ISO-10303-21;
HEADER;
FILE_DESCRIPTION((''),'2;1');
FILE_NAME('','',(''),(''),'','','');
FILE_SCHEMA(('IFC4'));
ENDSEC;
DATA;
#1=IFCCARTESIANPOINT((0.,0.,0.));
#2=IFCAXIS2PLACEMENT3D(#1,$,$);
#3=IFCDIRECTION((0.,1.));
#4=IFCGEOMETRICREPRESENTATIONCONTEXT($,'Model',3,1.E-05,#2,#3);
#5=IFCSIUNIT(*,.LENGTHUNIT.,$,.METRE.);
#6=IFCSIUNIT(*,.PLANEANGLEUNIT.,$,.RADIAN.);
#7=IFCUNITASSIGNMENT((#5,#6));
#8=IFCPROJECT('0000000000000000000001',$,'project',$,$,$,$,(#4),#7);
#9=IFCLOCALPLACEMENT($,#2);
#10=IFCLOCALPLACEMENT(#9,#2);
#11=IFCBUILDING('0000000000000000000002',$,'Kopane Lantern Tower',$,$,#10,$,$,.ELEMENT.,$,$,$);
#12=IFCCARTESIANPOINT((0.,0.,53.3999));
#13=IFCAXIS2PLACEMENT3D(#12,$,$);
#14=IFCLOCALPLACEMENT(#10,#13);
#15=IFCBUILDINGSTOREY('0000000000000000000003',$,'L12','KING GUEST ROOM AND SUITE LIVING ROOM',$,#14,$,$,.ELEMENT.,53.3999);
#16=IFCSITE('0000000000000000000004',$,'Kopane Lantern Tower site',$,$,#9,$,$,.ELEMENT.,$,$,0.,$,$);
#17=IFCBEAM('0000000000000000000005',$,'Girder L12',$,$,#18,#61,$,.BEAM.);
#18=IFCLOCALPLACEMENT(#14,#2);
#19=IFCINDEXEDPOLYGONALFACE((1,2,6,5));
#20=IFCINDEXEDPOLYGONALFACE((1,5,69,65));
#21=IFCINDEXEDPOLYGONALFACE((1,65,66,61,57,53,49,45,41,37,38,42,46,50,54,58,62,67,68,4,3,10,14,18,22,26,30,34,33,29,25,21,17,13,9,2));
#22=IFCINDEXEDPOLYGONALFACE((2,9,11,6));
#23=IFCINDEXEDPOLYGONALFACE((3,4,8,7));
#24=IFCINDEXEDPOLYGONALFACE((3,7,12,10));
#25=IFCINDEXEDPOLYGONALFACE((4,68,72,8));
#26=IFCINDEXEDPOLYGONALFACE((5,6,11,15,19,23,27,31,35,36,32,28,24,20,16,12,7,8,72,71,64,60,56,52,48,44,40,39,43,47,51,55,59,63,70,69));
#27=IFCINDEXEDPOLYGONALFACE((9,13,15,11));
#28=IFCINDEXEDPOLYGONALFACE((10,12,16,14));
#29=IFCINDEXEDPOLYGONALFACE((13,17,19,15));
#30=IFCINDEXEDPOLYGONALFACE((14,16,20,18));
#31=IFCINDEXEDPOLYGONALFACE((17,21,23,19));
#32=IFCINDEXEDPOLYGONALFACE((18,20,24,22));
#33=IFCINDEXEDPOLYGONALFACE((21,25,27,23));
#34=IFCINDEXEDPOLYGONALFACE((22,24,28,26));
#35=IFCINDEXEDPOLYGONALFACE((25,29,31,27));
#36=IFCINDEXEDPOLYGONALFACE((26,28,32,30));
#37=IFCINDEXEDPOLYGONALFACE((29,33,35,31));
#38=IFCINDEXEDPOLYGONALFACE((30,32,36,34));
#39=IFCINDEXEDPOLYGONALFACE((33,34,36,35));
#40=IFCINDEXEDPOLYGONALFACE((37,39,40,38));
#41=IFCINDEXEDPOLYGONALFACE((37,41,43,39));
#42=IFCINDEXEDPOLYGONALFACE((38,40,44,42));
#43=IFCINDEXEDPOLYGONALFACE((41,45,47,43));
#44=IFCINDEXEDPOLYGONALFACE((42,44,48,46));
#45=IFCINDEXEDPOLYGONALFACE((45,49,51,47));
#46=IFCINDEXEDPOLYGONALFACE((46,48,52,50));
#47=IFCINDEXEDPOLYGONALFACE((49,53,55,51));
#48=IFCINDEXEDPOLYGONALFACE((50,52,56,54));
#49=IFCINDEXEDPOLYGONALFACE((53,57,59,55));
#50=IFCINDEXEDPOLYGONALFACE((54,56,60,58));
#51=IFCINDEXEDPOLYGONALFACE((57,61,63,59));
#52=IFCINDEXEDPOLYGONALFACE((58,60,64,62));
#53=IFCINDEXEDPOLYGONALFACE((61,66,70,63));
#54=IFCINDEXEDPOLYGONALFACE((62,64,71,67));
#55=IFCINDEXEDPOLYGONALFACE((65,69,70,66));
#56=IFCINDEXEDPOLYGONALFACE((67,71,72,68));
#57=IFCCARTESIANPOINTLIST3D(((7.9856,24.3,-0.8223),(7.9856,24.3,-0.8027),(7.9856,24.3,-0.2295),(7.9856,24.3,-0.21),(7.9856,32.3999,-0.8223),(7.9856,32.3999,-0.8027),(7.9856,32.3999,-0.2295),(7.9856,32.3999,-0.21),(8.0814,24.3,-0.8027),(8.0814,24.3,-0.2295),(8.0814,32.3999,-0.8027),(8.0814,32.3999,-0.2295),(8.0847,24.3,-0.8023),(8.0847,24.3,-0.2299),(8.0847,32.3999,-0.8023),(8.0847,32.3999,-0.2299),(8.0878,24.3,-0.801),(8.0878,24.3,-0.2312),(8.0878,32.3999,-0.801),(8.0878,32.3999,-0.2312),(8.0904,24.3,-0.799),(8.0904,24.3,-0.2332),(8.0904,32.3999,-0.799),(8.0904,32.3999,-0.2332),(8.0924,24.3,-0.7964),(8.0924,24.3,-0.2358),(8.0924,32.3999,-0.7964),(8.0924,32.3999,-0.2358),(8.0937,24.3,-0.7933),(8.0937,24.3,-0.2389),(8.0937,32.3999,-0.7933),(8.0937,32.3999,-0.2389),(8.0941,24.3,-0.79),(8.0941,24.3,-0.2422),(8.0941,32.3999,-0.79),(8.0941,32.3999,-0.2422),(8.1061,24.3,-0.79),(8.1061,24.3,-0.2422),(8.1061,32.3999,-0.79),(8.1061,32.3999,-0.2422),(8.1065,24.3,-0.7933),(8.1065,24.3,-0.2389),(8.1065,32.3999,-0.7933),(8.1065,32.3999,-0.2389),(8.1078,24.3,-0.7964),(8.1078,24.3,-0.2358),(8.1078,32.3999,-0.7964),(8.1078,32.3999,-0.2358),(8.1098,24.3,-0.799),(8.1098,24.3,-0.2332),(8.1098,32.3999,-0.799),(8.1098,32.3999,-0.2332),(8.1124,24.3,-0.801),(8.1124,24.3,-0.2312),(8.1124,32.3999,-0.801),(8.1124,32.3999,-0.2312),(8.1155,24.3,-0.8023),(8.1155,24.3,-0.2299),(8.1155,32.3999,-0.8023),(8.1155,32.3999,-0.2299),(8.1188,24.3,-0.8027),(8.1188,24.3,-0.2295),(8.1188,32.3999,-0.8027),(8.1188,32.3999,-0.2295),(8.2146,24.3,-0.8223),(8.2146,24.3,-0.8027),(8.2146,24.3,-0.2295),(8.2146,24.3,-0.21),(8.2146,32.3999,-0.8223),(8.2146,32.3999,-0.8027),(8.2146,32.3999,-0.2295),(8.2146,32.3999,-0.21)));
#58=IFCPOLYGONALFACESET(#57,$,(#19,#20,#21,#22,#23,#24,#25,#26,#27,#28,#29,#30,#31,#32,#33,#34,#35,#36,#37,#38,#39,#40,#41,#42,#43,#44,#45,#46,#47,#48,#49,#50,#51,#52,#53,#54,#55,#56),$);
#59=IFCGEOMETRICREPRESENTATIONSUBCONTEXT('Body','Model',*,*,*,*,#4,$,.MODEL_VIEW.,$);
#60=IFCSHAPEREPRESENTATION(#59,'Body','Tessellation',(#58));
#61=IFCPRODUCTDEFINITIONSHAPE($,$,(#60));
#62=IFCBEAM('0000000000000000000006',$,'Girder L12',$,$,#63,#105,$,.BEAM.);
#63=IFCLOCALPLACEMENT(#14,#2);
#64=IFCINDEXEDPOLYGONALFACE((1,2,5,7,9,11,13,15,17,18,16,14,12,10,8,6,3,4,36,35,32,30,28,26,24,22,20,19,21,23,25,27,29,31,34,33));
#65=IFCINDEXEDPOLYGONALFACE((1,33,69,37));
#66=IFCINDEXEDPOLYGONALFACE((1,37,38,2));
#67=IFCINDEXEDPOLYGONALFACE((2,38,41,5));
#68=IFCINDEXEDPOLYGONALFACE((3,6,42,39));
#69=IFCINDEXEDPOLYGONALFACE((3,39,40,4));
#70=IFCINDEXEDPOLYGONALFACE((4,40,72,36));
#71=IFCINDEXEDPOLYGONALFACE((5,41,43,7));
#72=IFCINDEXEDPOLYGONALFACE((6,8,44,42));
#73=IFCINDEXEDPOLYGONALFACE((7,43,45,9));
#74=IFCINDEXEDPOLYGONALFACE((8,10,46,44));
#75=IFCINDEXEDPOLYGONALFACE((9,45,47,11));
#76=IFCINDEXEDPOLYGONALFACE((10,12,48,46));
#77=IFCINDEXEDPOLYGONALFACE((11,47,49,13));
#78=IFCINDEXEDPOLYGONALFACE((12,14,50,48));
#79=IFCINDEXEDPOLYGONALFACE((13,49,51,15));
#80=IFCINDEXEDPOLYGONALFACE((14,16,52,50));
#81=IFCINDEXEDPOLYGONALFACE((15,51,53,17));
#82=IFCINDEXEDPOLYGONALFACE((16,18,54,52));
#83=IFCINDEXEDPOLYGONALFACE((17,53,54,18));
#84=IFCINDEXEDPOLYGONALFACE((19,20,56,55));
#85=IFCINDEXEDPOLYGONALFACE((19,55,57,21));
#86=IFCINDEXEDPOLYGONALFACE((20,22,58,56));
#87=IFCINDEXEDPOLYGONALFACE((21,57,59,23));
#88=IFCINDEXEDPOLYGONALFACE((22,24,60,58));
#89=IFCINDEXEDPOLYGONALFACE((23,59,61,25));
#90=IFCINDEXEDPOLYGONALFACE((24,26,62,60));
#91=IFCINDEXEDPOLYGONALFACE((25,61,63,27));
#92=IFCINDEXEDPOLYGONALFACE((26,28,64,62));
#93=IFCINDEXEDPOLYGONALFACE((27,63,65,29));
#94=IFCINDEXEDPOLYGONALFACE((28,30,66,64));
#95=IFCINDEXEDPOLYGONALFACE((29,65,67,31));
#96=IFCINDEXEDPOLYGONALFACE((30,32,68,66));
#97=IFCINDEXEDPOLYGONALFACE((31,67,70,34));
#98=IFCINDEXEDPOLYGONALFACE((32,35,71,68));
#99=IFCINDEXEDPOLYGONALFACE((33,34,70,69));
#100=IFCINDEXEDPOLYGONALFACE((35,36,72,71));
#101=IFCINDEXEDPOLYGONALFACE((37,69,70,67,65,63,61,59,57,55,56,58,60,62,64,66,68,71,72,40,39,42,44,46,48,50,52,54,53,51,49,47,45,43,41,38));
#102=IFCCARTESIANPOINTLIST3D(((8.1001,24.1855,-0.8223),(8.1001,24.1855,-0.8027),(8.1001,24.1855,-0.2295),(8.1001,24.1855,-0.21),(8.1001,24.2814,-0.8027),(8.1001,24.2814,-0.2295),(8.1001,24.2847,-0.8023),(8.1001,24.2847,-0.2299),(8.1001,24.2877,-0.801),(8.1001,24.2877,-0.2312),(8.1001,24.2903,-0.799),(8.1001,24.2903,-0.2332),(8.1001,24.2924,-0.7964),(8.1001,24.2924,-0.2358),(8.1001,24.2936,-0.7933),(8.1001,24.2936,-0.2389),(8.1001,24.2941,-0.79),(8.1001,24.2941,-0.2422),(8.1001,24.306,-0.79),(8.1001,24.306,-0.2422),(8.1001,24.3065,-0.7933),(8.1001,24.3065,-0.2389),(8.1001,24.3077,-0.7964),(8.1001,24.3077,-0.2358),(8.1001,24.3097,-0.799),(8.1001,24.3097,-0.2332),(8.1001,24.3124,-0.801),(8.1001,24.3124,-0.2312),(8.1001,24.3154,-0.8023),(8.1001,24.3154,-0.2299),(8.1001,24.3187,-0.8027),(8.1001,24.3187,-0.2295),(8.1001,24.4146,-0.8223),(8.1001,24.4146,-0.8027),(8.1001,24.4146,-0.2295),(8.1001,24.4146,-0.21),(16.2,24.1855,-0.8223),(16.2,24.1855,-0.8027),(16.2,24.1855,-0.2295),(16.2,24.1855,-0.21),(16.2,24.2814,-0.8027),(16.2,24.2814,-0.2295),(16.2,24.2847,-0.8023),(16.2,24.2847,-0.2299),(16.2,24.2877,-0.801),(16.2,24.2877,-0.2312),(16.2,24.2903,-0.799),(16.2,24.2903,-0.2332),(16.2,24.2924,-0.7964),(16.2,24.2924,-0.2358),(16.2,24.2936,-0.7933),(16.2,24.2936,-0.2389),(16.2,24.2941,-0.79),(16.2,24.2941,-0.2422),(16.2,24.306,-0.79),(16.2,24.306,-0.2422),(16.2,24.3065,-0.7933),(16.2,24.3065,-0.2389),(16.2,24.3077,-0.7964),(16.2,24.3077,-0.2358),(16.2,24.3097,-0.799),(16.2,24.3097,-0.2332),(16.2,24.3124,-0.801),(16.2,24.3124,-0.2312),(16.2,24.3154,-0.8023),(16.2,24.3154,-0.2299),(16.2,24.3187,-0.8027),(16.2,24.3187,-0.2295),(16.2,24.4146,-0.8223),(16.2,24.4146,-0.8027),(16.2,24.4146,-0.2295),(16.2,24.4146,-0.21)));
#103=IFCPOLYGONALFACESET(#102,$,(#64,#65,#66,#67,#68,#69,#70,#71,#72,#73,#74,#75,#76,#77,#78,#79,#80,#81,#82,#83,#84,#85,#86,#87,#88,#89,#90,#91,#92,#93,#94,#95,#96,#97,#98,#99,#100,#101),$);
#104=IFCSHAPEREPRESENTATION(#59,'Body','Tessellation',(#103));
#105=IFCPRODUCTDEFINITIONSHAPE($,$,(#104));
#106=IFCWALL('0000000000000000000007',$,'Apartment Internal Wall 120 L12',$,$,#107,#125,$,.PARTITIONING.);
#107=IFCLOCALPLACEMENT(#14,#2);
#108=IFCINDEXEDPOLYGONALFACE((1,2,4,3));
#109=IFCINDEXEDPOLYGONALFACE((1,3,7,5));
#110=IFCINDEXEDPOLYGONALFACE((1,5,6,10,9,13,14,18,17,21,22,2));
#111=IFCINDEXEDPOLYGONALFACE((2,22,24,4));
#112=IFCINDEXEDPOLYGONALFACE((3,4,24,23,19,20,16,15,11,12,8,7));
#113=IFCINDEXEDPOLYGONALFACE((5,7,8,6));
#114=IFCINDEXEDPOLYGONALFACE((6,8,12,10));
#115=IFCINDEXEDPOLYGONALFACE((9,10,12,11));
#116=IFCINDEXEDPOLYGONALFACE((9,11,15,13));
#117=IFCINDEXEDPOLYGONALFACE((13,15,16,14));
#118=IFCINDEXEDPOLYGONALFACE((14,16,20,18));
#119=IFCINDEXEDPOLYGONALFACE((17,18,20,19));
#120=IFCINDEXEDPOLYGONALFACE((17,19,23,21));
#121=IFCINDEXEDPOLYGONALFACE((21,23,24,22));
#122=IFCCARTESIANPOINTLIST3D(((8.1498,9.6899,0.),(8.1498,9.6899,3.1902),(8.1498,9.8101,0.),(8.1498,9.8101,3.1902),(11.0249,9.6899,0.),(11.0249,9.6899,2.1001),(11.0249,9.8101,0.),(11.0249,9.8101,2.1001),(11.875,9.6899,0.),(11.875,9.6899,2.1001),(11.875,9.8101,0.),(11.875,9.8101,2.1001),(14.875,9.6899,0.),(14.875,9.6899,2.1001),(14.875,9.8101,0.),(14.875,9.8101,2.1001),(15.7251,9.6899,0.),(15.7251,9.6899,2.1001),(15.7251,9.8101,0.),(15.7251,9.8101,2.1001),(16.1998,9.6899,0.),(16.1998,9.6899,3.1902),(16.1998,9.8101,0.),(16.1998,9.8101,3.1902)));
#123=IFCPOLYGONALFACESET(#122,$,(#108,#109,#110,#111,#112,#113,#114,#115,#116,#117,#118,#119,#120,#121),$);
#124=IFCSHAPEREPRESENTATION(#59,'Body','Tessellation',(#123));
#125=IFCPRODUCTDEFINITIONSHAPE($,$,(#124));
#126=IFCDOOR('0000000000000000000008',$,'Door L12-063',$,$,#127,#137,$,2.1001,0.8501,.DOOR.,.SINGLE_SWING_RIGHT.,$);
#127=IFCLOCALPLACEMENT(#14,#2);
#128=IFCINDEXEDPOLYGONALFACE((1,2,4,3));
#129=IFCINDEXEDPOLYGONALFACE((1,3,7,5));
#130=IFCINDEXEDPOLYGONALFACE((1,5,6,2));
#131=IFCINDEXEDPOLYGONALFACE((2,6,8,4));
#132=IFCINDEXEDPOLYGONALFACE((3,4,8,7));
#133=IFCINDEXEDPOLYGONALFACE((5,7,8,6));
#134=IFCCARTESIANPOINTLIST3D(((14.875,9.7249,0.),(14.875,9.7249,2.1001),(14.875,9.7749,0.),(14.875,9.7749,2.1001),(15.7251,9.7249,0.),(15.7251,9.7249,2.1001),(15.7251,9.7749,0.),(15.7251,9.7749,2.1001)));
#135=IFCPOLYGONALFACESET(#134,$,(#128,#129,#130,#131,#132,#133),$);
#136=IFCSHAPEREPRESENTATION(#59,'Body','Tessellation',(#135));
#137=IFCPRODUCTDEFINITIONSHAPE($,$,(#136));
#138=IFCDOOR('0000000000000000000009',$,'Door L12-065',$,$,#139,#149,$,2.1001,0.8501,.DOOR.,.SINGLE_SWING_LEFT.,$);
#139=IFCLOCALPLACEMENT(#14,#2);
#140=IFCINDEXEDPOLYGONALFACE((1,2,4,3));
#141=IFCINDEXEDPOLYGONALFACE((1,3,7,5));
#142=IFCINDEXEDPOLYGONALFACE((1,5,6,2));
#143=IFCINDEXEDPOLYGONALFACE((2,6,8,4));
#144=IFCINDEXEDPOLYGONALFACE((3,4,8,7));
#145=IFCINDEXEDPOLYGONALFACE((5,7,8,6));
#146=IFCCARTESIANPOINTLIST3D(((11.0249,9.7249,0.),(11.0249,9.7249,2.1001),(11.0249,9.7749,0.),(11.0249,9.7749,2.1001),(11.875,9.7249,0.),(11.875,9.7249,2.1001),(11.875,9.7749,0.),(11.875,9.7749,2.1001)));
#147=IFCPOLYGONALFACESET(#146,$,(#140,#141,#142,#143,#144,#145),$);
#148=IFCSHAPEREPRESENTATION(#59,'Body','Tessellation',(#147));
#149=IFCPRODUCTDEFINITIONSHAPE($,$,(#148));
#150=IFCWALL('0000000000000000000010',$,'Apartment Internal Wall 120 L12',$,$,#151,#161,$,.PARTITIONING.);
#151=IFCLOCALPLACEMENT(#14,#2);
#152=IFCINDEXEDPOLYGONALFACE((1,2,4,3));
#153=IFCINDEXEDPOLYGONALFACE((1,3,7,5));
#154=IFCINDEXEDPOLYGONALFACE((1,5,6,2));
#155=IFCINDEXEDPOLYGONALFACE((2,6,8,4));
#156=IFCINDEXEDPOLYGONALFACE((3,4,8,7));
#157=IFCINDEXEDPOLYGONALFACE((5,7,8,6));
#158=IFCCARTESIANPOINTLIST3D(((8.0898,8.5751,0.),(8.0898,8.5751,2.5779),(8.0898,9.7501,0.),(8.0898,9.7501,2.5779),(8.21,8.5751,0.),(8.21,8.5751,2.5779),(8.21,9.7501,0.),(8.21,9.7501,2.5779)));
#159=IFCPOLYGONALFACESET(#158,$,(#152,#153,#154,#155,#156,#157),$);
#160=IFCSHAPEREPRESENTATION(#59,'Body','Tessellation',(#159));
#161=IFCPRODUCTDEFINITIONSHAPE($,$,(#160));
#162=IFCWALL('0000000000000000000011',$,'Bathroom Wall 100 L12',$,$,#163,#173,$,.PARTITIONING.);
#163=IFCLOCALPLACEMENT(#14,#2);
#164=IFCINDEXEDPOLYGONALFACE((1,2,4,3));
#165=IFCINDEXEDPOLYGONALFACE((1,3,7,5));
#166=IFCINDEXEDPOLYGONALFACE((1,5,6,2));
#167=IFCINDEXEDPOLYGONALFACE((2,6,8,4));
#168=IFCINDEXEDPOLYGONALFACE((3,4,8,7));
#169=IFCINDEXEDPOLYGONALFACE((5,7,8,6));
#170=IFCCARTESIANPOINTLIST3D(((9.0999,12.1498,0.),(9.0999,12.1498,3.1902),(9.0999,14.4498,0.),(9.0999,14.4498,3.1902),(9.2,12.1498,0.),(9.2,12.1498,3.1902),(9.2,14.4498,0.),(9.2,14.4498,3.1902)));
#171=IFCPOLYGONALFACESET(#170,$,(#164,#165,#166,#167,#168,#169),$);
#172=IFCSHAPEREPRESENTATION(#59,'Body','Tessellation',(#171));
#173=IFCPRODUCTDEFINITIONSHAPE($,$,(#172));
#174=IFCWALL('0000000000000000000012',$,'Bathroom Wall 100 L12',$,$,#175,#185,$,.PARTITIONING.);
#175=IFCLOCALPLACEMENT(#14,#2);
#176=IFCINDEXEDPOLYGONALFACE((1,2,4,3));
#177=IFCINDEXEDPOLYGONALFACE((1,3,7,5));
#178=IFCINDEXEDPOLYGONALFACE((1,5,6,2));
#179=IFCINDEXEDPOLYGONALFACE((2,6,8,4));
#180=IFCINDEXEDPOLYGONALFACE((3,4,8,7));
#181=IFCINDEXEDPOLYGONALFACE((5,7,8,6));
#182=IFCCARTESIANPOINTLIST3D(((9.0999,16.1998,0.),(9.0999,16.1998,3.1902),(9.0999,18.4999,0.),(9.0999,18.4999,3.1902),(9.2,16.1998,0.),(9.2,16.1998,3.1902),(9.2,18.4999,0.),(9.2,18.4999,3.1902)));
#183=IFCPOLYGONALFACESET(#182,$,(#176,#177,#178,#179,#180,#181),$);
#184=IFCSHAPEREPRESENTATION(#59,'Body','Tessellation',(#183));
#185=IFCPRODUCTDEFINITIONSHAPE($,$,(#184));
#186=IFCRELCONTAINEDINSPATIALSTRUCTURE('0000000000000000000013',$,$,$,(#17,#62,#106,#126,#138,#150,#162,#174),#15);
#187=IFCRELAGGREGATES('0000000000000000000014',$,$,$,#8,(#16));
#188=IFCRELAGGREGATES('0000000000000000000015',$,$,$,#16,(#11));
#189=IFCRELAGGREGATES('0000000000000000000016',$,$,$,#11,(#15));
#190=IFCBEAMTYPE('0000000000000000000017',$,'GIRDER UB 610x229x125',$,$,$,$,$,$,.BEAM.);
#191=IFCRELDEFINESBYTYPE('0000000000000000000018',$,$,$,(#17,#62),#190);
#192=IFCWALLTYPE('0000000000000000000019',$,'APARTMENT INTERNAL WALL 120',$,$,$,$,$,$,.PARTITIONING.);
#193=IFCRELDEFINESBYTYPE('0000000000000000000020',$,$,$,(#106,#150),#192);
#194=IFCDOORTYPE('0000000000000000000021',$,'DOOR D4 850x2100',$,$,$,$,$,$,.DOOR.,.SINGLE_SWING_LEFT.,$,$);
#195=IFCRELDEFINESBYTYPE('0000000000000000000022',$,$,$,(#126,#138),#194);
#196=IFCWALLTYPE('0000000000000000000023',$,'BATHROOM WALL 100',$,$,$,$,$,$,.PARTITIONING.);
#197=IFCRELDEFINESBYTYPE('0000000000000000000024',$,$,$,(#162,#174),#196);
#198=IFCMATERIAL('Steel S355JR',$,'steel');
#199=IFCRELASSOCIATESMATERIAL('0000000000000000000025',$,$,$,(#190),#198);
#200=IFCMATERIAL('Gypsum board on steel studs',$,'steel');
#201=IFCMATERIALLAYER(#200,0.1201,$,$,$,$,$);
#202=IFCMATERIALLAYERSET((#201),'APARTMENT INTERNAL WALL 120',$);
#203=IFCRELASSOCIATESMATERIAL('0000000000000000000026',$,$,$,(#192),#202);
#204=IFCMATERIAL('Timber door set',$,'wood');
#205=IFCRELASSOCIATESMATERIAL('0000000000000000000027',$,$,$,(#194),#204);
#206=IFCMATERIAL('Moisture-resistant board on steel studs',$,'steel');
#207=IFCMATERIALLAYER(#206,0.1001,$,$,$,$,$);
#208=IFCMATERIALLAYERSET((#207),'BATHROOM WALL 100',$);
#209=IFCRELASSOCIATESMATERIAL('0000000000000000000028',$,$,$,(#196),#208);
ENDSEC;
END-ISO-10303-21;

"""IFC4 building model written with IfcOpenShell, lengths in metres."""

from ifc_helpers import new_model, si_unit, direction, frame, frame_2d, origin, origin_2d, place, context, subcontext, project, spatial, rectangle, i_section, extrude, material, layer, layer_set, material_profile, profile_set, type_object, element, fill, save


model = new_model("IFC4")

# Units and contexts
model_context = context("Model", 3, precision=1e-05, world=origin(), true_north=direction((0.0, 1.0)))
body_context = subcontext(model_context, "Body", "Model", "MODEL_VIEW")
ifc_project = project(units=[si_unit("LENGTHUNIT", "METRE"), si_unit("PLANEANGLEUNIT", "RADIAN")], contexts=[model_context])

# Site, building, storey
site_placement = place(None, origin())
site = spatial("IfcSite", under=ifc_project, at=site_placement, Name="Kopane Lantern Tower site", CompositionType="ELEMENT", RefElevation=0.0)
building_placement = place(site_placement, origin())
building = spatial("IfcBuilding", under=site, at=building_placement, Name="Kopane Lantern Tower", CompositionType="ELEMENT")
storey_placement = place(building_placement, frame((0.0, 0.0, 53.3999)))
storey = spatial("IfcBuildingStorey", under=building, at=storey_placement, Name="L12", Description="KING GUEST ROOM AND SUITE LIVING ROOM", CompositionType="ELEMENT", Elevation=53.3999)

# Beams
ifc_material_1 = material(Name="Steel S355JR", Category="steel")
ifc_material_profile_1 = material_profile(ifc_material_1, i_section(OverallWidth=0.229, OverallDepth=0.6123, WebThickness=0.012, FlangeThickness=0.0195, FilletRadius=0.0127, at=origin_2d()), Name="UB 610x229x125")
ifc_profile_set_1 = profile_set([ifc_material_profile_1], Name="Steel S355JR")
beam_type = type_object("IfcBeamType", Name="GIRDER UB 610x229x125", PredefinedType="BEAM", material=ifc_profile_set_1)
for number, where, z_axis, x_axis, name in (
    (1, (8.1001, 24.3, -0.5161), (0.0, 1.0, 0.0), (-1.0, 0.0, 0.0), "Girder L12"),
    (2, (8.1001, 24.3, -0.5161), (1.0, 0.0, 0.0), (0.0, 1.0, 0.0), "Girder L12"),
):
    element("IfcBeam", number, at=place(storey_placement, frame(where, z_axis=z_axis, x_axis=x_axis)), inside=storey, type_object=beam_type, Name=name, PredefinedType="BEAM", context=body_context, shape_type="SweptSolid", body=[
        extrude(i_section(OverallWidth=0.229, OverallDepth=0.6123, WebThickness=0.012, FlangeThickness=0.0195, FilletRadius=0.0127, at=origin_2d()), origin(), (0.0, 0.0, 1.0), 8.0999),
    ])

# Wall, openings, doors
ifc_material_2 = material(Name="Gypsum board on steel studs", Category="steel")
ifc_layer_1 = layer(ifc_material_2, 0.1201)
ifc_layer_set_1 = layer_set([ifc_layer_1], Name="APARTMENT INTERNAL WALL 120")
wall_type_1 = type_object("IfcWallType", Name="APARTMENT INTERNAL WALL 120", PredefinedType="PARTITIONING", material=ifc_layer_set_1)
wall_1_placement = place(storey_placement, frame((8.1499, 9.75, 0.0), z_axis=(0.0, 0.0, 1.0), x_axis=(1.0, 0.0, 0.0)))
wall_1 = element("IfcWall", 3, at=wall_1_placement, inside=storey, type_object=wall_type_1, Name="Apartment Internal Wall 120 L12", PredefinedType="PARTITIONING", context=body_context, shape_type="SweptSolid", body=[
    extrude(rectangle(XDim=8.05, YDim=0.1201, at=frame_2d((4.0249, 0.0))), origin(), (0.0, 0.0, 1.0), 3.1902),
])
opening_1_placement = place(wall_1_placement, frame((6.7251, 0.0, 0.0)))
opening_1 = element("IfcOpeningElement", 4, at=opening_1_placement, cuts=wall_1, PredefinedType="OPENING", context=body_context, shape_type="SweptSolid", body=[
    extrude(rectangle(XDim=0.8501, YDim=2.1001, at=frame_2d((0.425, 1.05))), frame((0.0, 0.0701, 0.0), z_axis=(0.0, -1.0, 0.0), x_axis=(1.0, 0.0, 0.0)), (0.0, 0.0, 1.0), 0.1401),
])
opening_2_placement = place(wall_1_placement, frame((2.875, 0.0, 0.0)))
opening_2 = element("IfcOpeningElement", 5, at=opening_2_placement, cuts=wall_1, PredefinedType="OPENING", context=body_context, shape_type="SweptSolid", body=[
    extrude(rectangle(XDim=0.8501, YDim=2.1001, at=frame_2d((0.425, 1.05))), frame((0.0, 0.0701, 0.0), z_axis=(0.0, -1.0, 0.0), x_axis=(1.0, 0.0, 0.0)), (0.0, 0.0, 1.0), 0.1401),
])
ifc_material_3 = material(Name="Timber door set", Category="wood")
door_type_1 = type_object("IfcDoorType", Name="DOOR D4 850x2100", OperationType="SINGLE_SWING_LEFT", PredefinedType="DOOR", material=ifc_material_3)
door_1_placement = place(opening_1_placement, origin())
door_1 = element("IfcDoor", 6, at=door_1_placement, inside=storey, type_object=door_type_1, Name="Door L12-063", OperationType="SINGLE_SWING_RIGHT", OverallHeight=2.1001, OverallWidth=0.8501, PredefinedType="DOOR", context=body_context, shape_type="SweptSolid", body=[
    extrude(rectangle(XDim=0.8501, YDim=2.1001, at=frame_2d((0.425, 1.05))), frame((0.0, 0.0249, 0.0), z_axis=(0.0, -1.0, 0.0), x_axis=(1.0, 0.0, 0.0)), (0.0, 0.0, 1.0), 0.05),
])
fill(opening_1, door_1)
door_2_placement = place(opening_2_placement, origin())
door_2 = element("IfcDoor", 7, at=door_2_placement, inside=storey, type_object=door_type_1, Name="Door L12-065", OperationType="SINGLE_SWING_LEFT", OverallHeight=2.1001, OverallWidth=0.8501, PredefinedType="DOOR", context=body_context, shape_type="SweptSolid", body=[
    extrude(rectangle(XDim=0.8501, YDim=2.1001, at=frame_2d((0.425, 1.05))), frame((0.0, 0.0249, 0.0), z_axis=(0.0, -1.0, 0.0), x_axis=(1.0, 0.0, 0.0)), (0.0, 0.0, 1.0), 0.05),
])
fill(opening_2, door_2)

# Walls
wall_2_placement = place(storey_placement, frame((8.1499, 9.75, 0.0), z_axis=(0.0, 0.0, 1.0), x_axis=(0.0, -1.0, 0.0)))
element("IfcWall", 8, at=wall_2_placement, inside=storey, type_object=wall_type_1, Name="Apartment Internal Wall 120 L12", PredefinedType="PARTITIONING", context=body_context, shape_type="SweptSolid", body=[
    extrude(rectangle(XDim=1.175, YDim=0.1201, at=frame_2d((0.5874, 0.0))), origin(), (0.0, 0.0, 1.0), 2.5779),
])
ifc_material_4 = material(Name="Moisture-resistant board on steel studs", Category="steel")
ifc_layer_2 = layer(ifc_material_4, 0.1001)
ifc_layer_set_2 = layer_set([ifc_layer_2], Name="BATHROOM WALL 100")
wall_type_2 = type_object("IfcWallType", Name="BATHROOM WALL 100", PredefinedType="PARTITIONING", material=ifc_layer_set_2)
for number, where, z_axis, x_axis, name in (
    (9, (9.1499, 12.1499, 0.0), (0.0, 0.0, 1.0), (0.0, 1.0, 0.0), "Bathroom Wall 100 L12"),
    (10, (9.1499, 16.2, 0.0), (0.0, 0.0, 1.0), (0.0, 1.0, 0.0), "Bathroom Wall 100 L12"),
):
    element("IfcWall", number, at=place(storey_placement, frame(where, z_axis=z_axis, x_axis=x_axis)), inside=storey, type_object=wall_type_2, Name=name, PredefinedType="PARTITIONING", context=body_context, shape_type="SweptSolid", body=[
        extrude(rectangle(XDim=2.3, YDim=0.1001, at=frame_2d((1.1499, 0.0))), origin(), (0.0, 0.0, 1.0), 3.1902),
    ])

save(model, "model.ifc")
